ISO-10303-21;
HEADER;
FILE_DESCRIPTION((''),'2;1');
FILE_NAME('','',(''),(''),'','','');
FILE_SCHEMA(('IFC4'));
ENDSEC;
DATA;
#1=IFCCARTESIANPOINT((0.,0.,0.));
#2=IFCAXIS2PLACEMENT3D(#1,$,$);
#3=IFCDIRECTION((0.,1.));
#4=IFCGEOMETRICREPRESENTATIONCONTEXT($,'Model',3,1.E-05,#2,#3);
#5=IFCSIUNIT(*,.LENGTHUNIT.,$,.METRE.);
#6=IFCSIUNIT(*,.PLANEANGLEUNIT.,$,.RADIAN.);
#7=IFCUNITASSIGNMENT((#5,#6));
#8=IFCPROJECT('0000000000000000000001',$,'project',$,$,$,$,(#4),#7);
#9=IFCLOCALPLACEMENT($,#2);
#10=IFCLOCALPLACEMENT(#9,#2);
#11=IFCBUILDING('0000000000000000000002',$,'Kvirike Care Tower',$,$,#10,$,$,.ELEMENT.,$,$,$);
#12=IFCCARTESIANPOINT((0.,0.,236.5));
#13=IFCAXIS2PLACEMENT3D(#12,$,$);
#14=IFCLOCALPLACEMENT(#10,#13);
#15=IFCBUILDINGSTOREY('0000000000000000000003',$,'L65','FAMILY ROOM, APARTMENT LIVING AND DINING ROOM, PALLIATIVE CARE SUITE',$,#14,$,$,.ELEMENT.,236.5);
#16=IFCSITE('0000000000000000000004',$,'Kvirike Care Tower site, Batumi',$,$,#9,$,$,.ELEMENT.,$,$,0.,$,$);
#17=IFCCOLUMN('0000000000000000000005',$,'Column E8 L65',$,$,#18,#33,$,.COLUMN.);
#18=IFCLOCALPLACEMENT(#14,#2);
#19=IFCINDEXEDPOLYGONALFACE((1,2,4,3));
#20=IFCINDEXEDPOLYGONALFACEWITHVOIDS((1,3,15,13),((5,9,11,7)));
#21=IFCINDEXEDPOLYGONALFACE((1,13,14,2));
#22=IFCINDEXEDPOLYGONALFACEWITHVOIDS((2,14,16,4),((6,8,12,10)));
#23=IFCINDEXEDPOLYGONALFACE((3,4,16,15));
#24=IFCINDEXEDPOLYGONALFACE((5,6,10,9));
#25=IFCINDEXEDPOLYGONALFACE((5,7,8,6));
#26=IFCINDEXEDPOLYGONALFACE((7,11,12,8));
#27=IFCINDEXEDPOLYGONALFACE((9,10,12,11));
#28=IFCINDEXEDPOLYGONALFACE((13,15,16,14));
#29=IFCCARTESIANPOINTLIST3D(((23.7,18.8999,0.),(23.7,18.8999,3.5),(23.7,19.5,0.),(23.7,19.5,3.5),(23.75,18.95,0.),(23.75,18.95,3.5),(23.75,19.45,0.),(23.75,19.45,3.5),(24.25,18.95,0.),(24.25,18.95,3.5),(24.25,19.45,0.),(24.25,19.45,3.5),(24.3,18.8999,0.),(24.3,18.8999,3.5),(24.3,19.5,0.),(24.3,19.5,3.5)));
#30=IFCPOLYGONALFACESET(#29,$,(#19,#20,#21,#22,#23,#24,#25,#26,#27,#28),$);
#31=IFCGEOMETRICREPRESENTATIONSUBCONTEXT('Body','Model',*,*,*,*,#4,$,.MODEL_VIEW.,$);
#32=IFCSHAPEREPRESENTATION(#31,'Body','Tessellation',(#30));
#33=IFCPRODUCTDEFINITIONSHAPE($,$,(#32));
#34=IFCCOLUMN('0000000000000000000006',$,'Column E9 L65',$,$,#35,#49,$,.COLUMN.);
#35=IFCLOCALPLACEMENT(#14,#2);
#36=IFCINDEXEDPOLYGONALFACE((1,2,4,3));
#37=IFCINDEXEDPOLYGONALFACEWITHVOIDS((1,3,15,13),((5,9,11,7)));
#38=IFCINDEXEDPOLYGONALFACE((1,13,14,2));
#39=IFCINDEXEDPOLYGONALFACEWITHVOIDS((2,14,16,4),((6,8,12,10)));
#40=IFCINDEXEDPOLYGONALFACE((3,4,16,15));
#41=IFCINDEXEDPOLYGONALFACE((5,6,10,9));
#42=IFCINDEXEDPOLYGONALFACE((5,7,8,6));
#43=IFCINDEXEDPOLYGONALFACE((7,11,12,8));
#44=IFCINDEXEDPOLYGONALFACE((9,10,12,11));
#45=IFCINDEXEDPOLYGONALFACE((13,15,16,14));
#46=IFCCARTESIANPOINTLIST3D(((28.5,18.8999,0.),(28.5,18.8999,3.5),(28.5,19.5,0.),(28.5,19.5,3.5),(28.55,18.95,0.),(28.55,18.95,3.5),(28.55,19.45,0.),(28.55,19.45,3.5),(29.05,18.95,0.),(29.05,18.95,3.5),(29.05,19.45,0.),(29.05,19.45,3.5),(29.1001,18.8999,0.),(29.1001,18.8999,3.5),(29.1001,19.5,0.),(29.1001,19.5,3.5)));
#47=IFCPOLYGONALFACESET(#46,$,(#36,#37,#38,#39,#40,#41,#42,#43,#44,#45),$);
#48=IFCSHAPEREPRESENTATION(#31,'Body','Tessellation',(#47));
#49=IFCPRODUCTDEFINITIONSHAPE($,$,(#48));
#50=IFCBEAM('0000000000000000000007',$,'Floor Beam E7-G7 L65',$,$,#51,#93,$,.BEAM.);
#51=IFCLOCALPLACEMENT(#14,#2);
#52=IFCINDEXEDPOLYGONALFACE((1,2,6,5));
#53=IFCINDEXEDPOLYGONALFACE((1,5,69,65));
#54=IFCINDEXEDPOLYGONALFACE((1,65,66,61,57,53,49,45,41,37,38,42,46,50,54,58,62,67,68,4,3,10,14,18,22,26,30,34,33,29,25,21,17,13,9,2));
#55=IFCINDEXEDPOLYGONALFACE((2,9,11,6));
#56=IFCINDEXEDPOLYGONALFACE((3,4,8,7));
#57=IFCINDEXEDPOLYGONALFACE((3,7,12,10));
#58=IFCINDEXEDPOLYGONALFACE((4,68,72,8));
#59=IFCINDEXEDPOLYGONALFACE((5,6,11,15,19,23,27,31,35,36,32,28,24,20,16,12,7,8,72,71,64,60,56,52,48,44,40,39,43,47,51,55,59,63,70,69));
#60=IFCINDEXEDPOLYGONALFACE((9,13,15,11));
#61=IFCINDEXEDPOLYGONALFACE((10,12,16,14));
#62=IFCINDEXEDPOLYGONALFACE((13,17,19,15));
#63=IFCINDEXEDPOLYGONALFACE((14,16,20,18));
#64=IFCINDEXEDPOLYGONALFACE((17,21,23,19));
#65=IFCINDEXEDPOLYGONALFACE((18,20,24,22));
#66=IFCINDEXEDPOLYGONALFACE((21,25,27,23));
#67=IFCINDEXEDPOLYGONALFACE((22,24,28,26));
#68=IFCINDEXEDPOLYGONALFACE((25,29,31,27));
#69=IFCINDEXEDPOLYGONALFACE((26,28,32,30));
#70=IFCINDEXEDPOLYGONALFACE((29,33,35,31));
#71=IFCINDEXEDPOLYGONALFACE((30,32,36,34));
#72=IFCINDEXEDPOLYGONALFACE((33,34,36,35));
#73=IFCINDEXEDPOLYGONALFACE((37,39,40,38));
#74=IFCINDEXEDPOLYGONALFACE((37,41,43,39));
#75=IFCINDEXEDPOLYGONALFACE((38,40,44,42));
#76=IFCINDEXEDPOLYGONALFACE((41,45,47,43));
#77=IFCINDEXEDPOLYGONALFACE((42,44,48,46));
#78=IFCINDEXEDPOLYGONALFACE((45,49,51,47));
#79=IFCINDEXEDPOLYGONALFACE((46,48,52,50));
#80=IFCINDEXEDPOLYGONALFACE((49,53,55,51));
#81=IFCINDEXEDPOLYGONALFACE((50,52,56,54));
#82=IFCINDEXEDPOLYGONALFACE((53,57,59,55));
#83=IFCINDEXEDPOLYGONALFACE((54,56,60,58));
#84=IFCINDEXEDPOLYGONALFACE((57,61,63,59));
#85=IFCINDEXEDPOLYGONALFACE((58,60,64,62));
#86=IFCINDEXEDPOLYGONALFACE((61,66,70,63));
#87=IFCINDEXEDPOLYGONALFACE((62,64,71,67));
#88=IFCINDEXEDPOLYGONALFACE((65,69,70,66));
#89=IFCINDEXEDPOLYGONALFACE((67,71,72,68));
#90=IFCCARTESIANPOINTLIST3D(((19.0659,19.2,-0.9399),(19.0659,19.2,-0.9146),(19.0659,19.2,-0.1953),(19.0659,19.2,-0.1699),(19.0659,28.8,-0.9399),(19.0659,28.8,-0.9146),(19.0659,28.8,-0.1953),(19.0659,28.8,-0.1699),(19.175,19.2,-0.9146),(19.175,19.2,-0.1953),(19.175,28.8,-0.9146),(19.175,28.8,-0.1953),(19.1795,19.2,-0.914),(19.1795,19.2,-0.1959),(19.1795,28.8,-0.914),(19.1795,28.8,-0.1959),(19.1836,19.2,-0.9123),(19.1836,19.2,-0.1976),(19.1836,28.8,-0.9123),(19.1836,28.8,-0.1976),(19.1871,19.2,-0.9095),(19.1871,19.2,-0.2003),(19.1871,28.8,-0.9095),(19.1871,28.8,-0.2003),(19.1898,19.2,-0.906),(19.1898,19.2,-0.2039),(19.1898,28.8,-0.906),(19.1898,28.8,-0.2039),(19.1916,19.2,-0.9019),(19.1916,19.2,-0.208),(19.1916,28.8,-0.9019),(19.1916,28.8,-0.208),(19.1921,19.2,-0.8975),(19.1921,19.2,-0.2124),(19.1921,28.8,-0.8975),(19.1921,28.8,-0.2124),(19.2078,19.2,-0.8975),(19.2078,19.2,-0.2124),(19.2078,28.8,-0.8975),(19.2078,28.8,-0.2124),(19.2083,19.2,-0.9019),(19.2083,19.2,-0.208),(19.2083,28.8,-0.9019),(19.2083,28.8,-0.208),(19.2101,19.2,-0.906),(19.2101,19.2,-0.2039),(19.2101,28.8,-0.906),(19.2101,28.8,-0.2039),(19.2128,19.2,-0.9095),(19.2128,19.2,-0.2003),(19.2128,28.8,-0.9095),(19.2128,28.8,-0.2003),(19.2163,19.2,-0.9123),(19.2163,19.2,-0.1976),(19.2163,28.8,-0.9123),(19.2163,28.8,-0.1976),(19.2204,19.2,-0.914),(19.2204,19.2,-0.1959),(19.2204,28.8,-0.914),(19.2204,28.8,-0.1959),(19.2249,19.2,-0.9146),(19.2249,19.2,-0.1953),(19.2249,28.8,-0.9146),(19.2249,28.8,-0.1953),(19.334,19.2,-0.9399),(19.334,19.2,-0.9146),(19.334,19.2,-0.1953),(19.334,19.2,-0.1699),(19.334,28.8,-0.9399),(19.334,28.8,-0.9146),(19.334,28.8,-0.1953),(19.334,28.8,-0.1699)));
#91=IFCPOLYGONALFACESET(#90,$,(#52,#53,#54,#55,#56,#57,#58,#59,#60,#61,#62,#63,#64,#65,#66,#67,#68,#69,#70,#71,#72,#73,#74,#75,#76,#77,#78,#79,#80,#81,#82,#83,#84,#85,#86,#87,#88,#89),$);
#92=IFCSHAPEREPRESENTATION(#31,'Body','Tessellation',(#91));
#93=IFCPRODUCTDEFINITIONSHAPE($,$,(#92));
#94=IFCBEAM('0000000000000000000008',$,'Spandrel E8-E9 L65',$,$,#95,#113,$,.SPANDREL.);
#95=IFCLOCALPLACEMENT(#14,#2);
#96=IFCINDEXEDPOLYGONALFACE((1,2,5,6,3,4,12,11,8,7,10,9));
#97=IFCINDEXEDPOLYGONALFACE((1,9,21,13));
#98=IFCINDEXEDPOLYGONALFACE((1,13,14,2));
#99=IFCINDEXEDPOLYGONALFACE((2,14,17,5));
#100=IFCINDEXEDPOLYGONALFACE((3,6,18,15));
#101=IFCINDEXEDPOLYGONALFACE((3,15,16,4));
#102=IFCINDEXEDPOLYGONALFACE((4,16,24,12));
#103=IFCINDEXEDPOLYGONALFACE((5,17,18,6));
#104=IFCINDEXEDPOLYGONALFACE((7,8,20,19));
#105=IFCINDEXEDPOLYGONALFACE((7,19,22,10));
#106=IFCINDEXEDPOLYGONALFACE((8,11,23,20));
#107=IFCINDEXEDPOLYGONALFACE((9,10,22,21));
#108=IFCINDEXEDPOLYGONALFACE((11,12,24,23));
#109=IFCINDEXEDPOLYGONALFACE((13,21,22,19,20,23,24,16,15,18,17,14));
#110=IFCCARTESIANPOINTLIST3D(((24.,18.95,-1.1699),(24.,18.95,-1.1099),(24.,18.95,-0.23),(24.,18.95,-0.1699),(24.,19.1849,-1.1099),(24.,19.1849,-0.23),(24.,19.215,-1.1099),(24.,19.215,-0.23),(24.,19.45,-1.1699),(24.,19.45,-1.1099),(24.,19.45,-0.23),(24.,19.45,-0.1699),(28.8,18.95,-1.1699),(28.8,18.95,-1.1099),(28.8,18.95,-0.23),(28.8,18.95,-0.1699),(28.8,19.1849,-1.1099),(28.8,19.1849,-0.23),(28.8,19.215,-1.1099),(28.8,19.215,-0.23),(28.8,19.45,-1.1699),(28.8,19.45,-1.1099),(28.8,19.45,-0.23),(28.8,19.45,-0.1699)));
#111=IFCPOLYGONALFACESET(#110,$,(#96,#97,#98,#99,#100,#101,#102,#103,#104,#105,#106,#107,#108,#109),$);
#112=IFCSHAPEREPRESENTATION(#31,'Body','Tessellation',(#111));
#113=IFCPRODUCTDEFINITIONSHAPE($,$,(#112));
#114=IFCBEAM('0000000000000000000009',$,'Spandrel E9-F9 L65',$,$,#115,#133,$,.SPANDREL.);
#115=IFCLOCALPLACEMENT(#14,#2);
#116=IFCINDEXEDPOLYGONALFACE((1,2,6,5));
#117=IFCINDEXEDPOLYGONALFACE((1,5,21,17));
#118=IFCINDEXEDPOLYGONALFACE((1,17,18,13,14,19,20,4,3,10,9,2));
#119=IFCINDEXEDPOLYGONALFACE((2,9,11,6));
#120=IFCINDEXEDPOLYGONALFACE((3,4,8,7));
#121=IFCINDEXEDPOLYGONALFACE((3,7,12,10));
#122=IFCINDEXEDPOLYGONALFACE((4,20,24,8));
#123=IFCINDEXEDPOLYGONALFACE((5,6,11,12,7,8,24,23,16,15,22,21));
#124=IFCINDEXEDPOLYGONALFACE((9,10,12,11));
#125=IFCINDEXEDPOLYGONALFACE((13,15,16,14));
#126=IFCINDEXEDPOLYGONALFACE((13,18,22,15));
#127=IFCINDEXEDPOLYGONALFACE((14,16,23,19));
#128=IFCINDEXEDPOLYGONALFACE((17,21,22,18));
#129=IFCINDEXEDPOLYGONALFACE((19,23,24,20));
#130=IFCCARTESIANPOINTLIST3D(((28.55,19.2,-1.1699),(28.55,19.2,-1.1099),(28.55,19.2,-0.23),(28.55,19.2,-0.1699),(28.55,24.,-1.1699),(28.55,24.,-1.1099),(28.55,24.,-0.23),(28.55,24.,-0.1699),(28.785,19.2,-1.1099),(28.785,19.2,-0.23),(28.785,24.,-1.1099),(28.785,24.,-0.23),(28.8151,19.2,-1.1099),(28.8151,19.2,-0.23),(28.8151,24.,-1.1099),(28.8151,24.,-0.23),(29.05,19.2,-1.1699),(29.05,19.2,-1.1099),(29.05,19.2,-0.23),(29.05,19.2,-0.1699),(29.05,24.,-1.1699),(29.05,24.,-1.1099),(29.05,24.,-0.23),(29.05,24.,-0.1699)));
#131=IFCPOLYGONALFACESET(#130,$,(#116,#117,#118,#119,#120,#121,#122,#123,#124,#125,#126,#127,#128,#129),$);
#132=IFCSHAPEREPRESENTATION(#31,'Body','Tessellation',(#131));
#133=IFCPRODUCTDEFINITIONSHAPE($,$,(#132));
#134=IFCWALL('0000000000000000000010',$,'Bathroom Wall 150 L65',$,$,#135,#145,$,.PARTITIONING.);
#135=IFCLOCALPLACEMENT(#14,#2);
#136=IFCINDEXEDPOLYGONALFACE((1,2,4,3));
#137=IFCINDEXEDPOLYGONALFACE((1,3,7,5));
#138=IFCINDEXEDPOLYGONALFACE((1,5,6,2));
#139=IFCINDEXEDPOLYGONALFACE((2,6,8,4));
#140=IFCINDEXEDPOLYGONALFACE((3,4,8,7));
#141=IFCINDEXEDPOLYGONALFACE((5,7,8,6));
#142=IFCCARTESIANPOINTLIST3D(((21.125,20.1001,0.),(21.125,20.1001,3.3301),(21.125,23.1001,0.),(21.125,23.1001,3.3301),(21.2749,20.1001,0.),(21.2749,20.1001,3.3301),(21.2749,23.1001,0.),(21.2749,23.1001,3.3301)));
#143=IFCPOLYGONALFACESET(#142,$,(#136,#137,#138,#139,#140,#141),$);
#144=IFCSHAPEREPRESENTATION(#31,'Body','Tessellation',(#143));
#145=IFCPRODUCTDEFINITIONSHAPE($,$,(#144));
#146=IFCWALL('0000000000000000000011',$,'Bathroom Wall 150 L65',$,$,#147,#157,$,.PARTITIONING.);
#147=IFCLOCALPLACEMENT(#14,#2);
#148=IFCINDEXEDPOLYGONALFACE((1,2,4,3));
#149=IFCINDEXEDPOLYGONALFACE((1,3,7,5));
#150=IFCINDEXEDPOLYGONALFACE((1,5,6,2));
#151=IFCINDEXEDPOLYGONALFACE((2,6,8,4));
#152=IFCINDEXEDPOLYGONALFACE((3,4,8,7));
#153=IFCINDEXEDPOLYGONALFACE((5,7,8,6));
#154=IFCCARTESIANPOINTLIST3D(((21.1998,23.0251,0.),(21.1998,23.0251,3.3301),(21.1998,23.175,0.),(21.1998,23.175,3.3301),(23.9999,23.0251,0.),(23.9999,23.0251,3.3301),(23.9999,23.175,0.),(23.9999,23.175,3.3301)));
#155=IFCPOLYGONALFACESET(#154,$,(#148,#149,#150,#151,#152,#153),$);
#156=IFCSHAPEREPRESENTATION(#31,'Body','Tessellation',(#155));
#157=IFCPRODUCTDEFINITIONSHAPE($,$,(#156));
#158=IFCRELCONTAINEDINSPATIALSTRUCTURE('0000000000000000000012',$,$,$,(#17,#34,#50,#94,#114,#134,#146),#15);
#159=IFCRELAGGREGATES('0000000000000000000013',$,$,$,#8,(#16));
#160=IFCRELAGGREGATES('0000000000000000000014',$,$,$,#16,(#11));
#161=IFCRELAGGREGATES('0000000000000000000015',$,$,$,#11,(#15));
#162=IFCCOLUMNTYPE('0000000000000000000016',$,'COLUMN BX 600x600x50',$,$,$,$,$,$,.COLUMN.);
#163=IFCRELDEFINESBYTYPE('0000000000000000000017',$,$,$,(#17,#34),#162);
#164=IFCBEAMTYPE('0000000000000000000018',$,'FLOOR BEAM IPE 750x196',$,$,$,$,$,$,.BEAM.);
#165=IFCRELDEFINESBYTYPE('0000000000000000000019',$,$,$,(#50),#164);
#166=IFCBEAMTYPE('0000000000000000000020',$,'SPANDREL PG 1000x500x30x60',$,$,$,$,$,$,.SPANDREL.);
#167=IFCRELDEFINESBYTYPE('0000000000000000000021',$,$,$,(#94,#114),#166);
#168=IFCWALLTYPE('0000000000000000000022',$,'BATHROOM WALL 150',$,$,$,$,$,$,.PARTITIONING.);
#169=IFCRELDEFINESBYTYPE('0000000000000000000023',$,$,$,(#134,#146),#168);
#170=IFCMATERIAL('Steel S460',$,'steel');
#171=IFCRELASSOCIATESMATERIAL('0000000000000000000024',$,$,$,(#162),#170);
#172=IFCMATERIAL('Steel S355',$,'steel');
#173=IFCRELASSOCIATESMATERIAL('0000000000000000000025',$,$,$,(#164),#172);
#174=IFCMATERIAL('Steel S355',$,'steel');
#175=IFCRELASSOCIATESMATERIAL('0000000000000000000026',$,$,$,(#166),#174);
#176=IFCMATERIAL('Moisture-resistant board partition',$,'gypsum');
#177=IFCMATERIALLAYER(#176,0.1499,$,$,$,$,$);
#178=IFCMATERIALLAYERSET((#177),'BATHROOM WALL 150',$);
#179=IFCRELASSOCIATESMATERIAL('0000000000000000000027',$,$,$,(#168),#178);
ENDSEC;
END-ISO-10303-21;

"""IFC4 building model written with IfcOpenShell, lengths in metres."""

from ifc_helpers import new_model, si_unit, direction, frame, frame_2d, origin, origin_2d, place, context, subcontext, project, spatial, rectangle, hollow_rectangle, i_section, extrude, material, layer, layer_set, material_profile, profile_set, type_object, element, save


model = new_model("IFC4")

# Units and contexts
model_context = context("Model", 3, precision=1e-05, world=origin(), true_north=direction((0.0, 1.0)))
body_context = subcontext(model_context, "Body", "Model", "MODEL_VIEW")
ifc_project = project(units=[si_unit("LENGTHUNIT", "METRE"), si_unit("PLANEANGLEUNIT", "RADIAN")], contexts=[model_context])

# Site, building, storey
site_placement = place(None, origin())
site = spatial("IfcSite", under=ifc_project, at=site_placement, Name="Kvirike Care Tower site, Batumi", CompositionType="ELEMENT", RefElevation=0.0)
building_placement = place(site_placement, origin())
building = spatial("IfcBuilding", under=site, at=building_placement, Name="Kvirike Care Tower", CompositionType="ELEMENT")
storey_placement = place(building_placement, frame((0.0, 0.0, 236.5)))
storey = spatial("IfcBuildingStorey", under=building, at=storey_placement, Name="L65", Description="FAMILY ROOM, APARTMENT LIVING AND DINING ROOM, PALLIATIVE CARE SUITE", CompositionType="ELEMENT", Elevation=236.5)

# Columns
ifc_material_1 = material(Name="Steel S460", Category="steel")
ifc_material_profile_1 = material_profile(ifc_material_1, hollow_rectangle(XDim=0.6001, YDim=0.6001, WallThickness=0.05, at=origin_2d()), Name="BX 600x600x50")
ifc_profile_set_1 = profile_set([ifc_material_profile_1], Name="Steel S460")
column_type = type_object("IfcColumnType", Name="COLUMN BX 600x600x50", PredefinedType="COLUMN", material=ifc_profile_set_1)
for number, where, z_axis, x_axis, name in (
    (1, (24.0, 19.2, 0.0), (0.0, 0.0, 1.0), (0.0, 1.0, 0.0), "Column E8 L65"),
    (2, (28.8, 19.2, 0.0), (0.0, 0.0, 1.0), (0.0, 1.0, 0.0), "Column E9 L65"),
):
    element("IfcColumn", number, at=place(storey_placement, frame(where, z_axis=z_axis, x_axis=x_axis)), inside=storey, type_object=column_type, Name=name, PredefinedType="COLUMN", context=body_context, shape_type="SweptSolid", body=[
        extrude(hollow_rectangle(XDim=0.6001, YDim=0.6001, WallThickness=0.05, at=origin_2d()), origin(), (0.0, 0.0, 1.0), 3.5),
    ])

# Beams
ifc_material_2 = material(Name="Steel S355", Category="steel")
ifc_material_profile_2 = material_profile(ifc_material_2, i_section(OverallWidth=0.2681, OverallDepth=0.77, WebThickness=0.0156, FlangeThickness=0.0254, FilletRadius=0.0171, at=origin_2d()), Name="IPE 750x196")
ifc_profile_set_2 = profile_set([ifc_material_profile_2], Name="Steel S355")
beam_type_1 = type_object("IfcBeamType", Name="FLOOR BEAM IPE 750x196", PredefinedType="BEAM", material=ifc_profile_set_2)
beam_placement = place(storey_placement, frame((19.2, 19.2, -0.5549), z_axis=(0.0, 1.0, 0.0), x_axis=(-1.0, 0.0, 0.0)))
element("IfcBeam", 3, at=beam_placement, inside=storey, type_object=beam_type_1, Name="Floor Beam E7-G7 L65", PredefinedType="BEAM", context=body_context, shape_type="SweptSolid", body=[
    extrude(i_section(OverallWidth=0.2681, OverallDepth=0.77, WebThickness=0.0156, FlangeThickness=0.0254, FilletRadius=0.0171, at=origin_2d()), origin(), (0.0, 0.0, 1.0), 9.6001),
])
ifc_material_3 = material(Name="Steel S355", Category="steel")
ifc_material_profile_3 = material_profile(ifc_material_3, i_section(OverallWidth=0.5, OverallDepth=1.0, WebThickness=0.03, FlangeThickness=0.0601, at=origin_2d()), Name="PG 1000x500x30x60")
ifc_profile_set_3 = profile_set([ifc_material_profile_3], Name="Steel S355")
beam_type_2 = type_object("IfcBeamType", Name="SPANDREL PG 1000x500x30x60", PredefinedType="SPANDREL", material=ifc_profile_set_3)
for number, where, z_axis, x_axis, name in (
    (4, (24.0, 19.2, -0.6699), (1.0, 0.0, 0.0), (0.0, 1.0, 0.0), "Spandrel E8-E9 L65"),
    (5, (28.8, 19.2, -0.6699), (0.0, 1.0, 0.0), (-1.0, 0.0, 0.0), "Spandrel E9-F9 L65"),
):
    element("IfcBeam", number, at=place(storey_placement, frame(where, z_axis=z_axis, x_axis=x_axis)), inside=storey, type_object=beam_type_2, Name=name, PredefinedType="SPANDREL", context=body_context, shape_type="SweptSolid", body=[
        extrude(i_section(OverallWidth=0.5, OverallDepth=1.0, WebThickness=0.03, FlangeThickness=0.0601, at=origin_2d()), origin(), (0.0, 0.0, 1.0), 4.8),
    ])

# Walls
ifc_material_4 = material(Name="Moisture-resistant board partition", Category="gypsum")
ifc_layer_1 = layer(ifc_material_4, 0.1499)
ifc_layer_set_1 = layer_set([ifc_layer_1], Name="BATHROOM WALL 150")
wall_type_1 = type_object("IfcWallType", Name="BATHROOM WALL 150", PredefinedType="PARTITIONING", material=ifc_layer_set_1)
wall_1_placement = place(storey_placement, frame((21.2, 20.1001, 0.0), z_axis=(0.0, 0.0, 1.0), x_axis=(0.0, 1.0, 0.0)))
element("IfcWall", 6, at=wall_1_placement, inside=storey, type_object=wall_type_1, Name="Bathroom Wall 150 L65", PredefinedType="PARTITIONING", context=body_context, shape_type="SweptSolid", body=[
    extrude(rectangle(XDim=3.0, YDim=0.1499, at=frame_2d((1.5, 0.0))), origin(), (0.0, 0.0, 1.0), 3.3301),
])
wall_2_placement = place(storey_placement, frame((21.2, 23.1001, 0.0), z_axis=(0.0, 0.0, 1.0), x_axis=(1.0, 0.0, 0.0)))
element("IfcWall", 7, at=wall_2_placement, inside=storey, type_object=wall_type_1, Name="Bathroom Wall 150 L65", PredefinedType="PARTITIONING", context=body_context, shape_type="SweptSolid", body=[
    extrude(rectangle(XDim=2.8, YDim=0.1499, at=frame_2d((1.3999, 0.0))), origin(), (0.0, 0.0, 1.0), 3.3301),
])

save(model, "model.ifc")
